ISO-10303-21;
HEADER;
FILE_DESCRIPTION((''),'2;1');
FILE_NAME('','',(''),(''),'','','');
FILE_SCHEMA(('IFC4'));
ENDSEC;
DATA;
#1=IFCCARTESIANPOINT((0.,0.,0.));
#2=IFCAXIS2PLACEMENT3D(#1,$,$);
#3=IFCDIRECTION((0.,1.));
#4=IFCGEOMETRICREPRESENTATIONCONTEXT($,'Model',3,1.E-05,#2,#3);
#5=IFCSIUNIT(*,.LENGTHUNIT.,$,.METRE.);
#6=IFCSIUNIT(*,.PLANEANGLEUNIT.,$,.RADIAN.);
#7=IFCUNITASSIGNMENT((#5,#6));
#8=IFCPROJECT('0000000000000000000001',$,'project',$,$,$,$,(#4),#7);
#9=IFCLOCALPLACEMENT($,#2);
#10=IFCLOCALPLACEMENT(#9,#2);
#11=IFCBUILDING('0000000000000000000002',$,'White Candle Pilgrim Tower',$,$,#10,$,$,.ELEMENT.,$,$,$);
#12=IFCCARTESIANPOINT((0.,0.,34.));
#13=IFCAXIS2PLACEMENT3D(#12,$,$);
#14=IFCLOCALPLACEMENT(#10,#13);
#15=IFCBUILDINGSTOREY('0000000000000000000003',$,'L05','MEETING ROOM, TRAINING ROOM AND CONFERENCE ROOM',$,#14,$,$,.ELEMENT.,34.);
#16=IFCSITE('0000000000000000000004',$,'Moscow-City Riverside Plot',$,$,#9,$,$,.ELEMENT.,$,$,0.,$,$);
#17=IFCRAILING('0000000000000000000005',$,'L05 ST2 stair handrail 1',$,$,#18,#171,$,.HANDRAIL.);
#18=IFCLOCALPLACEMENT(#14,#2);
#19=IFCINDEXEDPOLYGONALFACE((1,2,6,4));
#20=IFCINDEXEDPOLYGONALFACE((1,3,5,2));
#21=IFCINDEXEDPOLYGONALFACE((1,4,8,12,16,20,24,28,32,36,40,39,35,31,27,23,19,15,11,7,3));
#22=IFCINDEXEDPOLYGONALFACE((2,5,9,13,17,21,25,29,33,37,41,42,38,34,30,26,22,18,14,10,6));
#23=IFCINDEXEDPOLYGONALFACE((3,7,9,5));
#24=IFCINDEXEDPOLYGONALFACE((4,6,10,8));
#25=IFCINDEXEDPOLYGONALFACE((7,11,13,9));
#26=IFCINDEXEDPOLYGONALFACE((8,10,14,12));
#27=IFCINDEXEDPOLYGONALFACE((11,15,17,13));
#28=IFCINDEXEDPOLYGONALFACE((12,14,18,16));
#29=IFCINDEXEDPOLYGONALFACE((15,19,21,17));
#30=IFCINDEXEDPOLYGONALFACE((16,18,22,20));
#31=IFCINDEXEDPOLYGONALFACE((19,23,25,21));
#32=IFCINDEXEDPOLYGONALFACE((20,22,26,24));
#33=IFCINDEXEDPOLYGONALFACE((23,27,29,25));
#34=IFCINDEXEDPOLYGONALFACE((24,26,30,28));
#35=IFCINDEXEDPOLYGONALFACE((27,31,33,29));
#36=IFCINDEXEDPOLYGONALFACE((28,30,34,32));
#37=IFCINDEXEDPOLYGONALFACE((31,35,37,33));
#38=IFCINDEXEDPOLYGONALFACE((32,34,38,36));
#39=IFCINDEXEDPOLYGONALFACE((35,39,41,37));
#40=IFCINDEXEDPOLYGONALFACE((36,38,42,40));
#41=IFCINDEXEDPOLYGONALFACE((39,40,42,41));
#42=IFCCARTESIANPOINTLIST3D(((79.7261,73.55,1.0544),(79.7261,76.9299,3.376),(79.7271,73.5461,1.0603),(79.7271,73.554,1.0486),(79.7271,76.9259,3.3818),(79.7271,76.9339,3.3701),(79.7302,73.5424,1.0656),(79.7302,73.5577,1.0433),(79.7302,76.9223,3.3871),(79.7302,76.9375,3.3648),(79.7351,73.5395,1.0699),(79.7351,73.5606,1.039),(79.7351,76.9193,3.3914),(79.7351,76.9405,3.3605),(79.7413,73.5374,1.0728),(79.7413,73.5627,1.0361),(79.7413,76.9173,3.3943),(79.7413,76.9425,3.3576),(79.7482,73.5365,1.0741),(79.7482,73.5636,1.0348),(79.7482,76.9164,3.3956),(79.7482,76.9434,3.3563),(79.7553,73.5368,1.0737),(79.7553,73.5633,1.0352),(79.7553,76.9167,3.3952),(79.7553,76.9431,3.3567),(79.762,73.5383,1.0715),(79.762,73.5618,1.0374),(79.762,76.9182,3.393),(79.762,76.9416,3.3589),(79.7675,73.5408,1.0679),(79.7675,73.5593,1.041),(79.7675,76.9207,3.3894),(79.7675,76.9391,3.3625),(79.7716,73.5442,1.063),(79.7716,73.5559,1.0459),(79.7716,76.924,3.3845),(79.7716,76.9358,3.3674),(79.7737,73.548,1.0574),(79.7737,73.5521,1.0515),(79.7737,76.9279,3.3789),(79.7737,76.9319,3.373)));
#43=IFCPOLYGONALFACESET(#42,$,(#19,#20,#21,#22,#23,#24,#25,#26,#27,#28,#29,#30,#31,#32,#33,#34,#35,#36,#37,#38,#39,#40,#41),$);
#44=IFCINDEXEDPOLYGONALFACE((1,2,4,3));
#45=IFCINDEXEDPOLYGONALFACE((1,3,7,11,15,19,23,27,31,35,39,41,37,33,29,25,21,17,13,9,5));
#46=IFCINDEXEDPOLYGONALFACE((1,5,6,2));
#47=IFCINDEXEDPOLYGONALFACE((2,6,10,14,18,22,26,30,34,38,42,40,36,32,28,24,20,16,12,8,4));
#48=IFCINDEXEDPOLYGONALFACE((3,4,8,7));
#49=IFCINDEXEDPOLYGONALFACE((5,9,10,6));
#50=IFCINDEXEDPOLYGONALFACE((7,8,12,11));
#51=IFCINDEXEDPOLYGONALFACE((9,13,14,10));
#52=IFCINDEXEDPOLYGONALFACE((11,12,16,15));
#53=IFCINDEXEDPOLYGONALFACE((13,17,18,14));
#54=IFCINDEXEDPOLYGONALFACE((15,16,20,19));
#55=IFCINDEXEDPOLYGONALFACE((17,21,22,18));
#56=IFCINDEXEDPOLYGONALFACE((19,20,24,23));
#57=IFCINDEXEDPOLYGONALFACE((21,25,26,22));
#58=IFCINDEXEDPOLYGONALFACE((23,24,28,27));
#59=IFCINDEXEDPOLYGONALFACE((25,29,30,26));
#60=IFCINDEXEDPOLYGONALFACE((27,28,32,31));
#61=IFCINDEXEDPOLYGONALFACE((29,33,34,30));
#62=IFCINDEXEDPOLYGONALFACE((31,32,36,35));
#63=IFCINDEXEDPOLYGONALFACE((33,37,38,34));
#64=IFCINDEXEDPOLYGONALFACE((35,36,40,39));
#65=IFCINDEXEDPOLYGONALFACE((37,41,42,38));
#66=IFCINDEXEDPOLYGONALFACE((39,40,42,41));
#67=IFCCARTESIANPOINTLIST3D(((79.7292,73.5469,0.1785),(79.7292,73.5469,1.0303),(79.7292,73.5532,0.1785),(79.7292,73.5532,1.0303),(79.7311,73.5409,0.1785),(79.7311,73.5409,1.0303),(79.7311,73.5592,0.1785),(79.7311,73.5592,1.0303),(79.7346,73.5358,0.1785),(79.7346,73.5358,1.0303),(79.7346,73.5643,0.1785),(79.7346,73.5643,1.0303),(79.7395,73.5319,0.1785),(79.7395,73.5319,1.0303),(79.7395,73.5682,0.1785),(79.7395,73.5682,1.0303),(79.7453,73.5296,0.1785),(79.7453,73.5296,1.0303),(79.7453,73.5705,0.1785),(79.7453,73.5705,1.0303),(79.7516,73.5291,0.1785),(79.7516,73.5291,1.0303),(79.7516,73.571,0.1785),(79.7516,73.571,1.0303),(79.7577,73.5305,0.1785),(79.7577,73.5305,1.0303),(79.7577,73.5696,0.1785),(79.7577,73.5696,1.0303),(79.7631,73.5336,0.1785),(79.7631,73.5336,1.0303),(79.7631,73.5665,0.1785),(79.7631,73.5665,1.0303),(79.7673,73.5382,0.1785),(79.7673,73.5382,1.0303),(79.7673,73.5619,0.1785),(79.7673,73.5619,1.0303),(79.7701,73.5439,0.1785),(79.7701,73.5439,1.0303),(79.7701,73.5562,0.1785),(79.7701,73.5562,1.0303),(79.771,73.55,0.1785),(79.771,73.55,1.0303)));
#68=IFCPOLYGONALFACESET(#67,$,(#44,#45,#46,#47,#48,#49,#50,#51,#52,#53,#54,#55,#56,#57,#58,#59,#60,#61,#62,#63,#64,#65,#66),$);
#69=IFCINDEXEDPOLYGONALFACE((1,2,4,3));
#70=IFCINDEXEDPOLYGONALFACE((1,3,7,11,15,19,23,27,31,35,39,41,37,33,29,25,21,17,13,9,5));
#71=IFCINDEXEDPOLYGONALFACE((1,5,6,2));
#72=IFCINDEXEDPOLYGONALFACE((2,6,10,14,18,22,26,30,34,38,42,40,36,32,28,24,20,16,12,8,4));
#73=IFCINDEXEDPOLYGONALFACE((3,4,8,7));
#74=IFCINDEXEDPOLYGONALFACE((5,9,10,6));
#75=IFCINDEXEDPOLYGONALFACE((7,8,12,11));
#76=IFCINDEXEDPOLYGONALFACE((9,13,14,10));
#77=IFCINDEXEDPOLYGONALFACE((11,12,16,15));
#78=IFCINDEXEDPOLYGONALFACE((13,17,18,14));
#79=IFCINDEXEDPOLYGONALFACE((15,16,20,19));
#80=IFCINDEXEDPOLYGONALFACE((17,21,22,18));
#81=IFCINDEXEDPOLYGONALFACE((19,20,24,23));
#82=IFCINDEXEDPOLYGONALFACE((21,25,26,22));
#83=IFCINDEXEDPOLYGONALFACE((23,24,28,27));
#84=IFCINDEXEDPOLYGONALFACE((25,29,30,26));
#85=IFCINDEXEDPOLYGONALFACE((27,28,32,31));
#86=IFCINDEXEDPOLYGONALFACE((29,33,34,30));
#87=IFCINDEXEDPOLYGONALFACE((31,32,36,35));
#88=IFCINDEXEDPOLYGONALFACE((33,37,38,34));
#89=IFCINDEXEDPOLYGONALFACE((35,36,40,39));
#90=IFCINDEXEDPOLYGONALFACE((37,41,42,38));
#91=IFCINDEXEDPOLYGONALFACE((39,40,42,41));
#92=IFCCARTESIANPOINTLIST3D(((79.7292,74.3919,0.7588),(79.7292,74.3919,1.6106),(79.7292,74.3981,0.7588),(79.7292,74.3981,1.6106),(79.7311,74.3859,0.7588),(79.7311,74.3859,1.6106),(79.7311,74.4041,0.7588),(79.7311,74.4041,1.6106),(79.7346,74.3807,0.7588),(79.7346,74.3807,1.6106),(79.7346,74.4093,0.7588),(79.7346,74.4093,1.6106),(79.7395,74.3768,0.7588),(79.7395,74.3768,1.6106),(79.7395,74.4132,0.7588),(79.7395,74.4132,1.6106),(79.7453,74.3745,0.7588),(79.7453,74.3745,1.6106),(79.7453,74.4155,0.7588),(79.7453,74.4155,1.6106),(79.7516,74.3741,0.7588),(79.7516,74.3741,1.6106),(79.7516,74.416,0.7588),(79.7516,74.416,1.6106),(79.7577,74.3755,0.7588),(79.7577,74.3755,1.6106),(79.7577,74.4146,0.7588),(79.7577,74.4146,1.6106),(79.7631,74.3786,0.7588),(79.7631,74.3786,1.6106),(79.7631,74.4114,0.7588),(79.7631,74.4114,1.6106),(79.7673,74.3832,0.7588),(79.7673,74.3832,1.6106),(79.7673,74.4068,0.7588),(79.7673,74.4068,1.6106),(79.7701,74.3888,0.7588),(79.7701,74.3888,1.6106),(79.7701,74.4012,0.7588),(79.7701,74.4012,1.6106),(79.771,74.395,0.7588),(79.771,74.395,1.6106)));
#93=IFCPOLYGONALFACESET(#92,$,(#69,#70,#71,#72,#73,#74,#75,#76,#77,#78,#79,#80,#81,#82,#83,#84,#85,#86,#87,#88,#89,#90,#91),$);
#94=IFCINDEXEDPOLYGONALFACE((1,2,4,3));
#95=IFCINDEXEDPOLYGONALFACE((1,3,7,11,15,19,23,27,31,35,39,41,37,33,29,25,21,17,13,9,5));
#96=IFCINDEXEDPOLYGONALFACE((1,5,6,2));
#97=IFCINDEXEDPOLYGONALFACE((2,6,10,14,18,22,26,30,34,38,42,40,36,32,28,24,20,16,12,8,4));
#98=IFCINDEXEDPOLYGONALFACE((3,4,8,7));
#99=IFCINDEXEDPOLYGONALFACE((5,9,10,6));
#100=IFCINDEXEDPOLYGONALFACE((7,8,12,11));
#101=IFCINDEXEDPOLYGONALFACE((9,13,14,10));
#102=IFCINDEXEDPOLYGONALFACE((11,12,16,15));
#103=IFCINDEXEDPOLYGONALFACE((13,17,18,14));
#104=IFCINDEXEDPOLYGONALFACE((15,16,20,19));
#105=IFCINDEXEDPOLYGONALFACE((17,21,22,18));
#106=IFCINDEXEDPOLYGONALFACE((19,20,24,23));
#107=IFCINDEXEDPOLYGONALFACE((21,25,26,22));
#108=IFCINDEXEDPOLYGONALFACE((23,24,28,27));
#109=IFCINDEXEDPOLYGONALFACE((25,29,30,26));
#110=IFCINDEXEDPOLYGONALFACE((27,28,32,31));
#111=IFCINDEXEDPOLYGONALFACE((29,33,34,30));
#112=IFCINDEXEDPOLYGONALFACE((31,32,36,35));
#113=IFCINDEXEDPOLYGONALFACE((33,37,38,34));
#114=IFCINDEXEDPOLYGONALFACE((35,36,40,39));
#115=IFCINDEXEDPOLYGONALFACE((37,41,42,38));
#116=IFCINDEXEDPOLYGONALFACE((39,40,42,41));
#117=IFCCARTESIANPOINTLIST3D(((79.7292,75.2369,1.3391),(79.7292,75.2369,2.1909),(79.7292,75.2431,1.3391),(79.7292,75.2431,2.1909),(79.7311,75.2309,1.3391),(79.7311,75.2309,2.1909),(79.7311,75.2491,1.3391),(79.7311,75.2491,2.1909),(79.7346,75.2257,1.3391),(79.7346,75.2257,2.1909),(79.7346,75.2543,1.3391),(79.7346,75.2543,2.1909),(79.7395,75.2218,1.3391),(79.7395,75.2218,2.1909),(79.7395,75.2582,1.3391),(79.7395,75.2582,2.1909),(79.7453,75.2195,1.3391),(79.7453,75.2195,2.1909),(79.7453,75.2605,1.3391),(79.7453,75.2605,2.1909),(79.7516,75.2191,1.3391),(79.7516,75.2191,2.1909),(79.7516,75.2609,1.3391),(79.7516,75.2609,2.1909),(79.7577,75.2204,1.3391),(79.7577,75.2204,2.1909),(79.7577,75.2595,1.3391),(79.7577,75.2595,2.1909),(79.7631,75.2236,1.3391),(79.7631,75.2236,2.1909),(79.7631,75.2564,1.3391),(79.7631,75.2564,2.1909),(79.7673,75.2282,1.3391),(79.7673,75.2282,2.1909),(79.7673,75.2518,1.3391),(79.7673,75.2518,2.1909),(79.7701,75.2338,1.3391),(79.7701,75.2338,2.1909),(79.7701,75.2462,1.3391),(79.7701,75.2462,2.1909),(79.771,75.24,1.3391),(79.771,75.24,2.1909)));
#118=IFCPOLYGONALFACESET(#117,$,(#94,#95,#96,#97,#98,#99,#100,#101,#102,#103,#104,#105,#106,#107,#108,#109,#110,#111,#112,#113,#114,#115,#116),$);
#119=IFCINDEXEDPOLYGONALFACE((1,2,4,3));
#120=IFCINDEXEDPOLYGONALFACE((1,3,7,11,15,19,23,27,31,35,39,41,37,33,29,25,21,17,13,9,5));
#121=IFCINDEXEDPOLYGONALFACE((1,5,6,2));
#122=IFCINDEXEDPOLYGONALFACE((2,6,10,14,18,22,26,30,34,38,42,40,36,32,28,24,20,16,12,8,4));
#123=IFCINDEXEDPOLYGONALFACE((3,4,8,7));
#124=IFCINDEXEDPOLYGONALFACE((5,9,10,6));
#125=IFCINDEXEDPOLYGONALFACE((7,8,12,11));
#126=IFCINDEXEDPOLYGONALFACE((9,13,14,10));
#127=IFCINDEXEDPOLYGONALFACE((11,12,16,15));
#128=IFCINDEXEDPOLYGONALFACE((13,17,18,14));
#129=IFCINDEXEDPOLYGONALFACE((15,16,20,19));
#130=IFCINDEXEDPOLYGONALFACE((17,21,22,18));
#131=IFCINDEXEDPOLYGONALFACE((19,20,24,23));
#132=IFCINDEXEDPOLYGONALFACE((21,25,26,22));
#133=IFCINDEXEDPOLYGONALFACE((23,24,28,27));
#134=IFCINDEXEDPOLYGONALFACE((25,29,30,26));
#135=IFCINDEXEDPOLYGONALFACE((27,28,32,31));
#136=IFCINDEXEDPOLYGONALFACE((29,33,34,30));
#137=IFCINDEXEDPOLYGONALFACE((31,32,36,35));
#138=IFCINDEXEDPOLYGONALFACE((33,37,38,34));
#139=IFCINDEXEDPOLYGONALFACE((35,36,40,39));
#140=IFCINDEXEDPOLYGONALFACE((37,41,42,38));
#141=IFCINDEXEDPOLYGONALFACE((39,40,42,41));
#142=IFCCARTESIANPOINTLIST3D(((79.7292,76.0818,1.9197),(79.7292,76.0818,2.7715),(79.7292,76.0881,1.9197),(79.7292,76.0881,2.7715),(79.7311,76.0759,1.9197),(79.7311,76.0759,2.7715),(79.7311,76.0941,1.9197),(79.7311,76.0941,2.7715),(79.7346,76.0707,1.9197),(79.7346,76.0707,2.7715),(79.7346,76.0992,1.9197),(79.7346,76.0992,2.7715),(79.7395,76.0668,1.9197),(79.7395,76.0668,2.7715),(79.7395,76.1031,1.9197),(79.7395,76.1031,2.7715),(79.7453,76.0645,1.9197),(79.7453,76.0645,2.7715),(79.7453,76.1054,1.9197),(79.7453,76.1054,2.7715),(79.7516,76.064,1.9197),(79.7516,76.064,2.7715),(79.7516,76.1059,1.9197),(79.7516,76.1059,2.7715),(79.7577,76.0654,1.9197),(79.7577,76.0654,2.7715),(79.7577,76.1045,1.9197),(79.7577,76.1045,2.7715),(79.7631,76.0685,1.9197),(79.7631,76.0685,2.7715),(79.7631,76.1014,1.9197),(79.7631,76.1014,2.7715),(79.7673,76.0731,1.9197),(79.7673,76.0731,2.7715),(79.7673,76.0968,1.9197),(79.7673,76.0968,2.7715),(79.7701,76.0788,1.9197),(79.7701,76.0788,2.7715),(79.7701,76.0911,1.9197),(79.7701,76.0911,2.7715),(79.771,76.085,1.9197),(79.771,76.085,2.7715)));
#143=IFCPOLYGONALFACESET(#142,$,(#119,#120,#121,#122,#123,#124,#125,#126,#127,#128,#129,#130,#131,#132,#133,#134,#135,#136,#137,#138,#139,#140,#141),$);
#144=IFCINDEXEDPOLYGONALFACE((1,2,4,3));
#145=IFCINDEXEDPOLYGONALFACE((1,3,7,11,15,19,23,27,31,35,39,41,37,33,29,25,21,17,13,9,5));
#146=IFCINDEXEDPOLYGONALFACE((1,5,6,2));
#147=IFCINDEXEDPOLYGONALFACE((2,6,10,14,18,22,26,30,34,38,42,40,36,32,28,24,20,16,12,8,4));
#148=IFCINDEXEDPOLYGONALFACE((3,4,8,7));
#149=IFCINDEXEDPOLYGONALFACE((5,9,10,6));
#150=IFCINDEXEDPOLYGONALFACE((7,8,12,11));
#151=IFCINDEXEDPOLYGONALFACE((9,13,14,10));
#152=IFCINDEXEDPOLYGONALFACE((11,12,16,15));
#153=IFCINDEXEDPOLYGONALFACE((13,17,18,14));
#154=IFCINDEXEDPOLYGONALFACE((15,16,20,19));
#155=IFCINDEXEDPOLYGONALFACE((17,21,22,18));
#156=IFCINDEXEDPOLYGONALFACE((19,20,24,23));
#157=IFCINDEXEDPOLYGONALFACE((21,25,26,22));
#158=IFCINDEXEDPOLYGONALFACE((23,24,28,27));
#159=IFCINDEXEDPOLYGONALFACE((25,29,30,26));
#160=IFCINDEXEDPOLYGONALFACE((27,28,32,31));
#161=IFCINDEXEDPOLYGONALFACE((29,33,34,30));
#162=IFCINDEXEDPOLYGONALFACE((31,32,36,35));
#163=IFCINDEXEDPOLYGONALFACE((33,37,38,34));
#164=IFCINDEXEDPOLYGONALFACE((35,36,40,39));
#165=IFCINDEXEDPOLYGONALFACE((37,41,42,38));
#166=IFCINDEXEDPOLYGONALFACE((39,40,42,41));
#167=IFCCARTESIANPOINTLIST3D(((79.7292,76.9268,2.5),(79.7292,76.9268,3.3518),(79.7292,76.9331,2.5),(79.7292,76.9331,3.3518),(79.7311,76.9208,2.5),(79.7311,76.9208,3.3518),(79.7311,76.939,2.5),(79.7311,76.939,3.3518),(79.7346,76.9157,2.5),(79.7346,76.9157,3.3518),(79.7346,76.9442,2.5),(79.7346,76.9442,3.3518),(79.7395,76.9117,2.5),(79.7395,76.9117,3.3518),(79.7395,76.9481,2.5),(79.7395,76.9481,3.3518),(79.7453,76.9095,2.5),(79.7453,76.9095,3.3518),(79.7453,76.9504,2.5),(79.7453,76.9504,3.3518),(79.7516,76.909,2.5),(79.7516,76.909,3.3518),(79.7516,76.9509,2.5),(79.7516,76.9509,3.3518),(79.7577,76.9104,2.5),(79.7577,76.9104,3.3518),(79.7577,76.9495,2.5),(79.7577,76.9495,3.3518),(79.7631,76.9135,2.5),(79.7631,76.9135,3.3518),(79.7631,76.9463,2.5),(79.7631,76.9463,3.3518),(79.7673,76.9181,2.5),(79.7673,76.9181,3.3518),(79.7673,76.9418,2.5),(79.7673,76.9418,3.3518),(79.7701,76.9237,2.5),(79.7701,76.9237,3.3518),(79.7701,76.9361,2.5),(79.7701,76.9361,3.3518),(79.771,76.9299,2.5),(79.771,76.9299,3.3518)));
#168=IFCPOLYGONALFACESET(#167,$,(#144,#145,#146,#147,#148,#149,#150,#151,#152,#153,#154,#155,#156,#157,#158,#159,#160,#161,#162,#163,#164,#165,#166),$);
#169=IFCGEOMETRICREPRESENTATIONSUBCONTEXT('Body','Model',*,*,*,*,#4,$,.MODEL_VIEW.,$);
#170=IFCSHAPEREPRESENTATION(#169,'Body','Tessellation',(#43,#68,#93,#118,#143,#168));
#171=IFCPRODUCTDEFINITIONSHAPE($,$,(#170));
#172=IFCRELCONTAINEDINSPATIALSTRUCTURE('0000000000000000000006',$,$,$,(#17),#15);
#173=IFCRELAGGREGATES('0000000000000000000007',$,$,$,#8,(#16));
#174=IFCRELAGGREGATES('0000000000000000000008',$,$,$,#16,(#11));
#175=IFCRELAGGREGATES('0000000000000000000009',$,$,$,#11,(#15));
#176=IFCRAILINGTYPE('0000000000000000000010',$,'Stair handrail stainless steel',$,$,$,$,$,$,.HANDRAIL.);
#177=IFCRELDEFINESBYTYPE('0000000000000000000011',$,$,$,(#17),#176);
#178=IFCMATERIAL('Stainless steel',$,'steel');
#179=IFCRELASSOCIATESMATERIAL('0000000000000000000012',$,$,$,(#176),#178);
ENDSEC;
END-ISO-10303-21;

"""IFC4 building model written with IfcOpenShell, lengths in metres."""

from ifc_helpers import new_model, si_unit, direction, frame, origin, origin_2d, place, context, subcontext, project, spatial, circle, extrude, material, type_object, element, save


model = new_model("IFC4")

# Units and contexts
model_context = context("Model", 3, precision=1e-05, world=origin(), true_north=direction((0.0, 1.0)))
body_context = subcontext(model_context, "Body", "Model", "MODEL_VIEW")
ifc_project = project(units=[si_unit("LENGTHUNIT", "METRE"), si_unit("PLANEANGLEUNIT", "RADIAN")], contexts=[model_context])

# Site, building, storey
site_placement = place(None, origin())
site = spatial("IfcSite", under=ifc_project, at=site_placement, Name="Moscow-City Riverside Plot", CompositionType="ELEMENT", RefElevation=0.0)
building_placement = place(site_placement, origin())
building = spatial("IfcBuilding", under=site, at=building_placement, Name="White Candle Pilgrim Tower", CompositionType="ELEMENT")
storey_placement = place(building_placement, frame((0.0, 0.0, 34.0)))
storey = spatial("IfcBuildingStorey", under=building, at=storey_placement, Name="L05", Description="MEETING ROOM, TRAINING ROOM AND CONFERENCE ROOM", CompositionType="ELEMENT", Elevation=34.0)

# Railing
ifc_material_1 = material(Name="Stainless steel", Category="steel")
railing_type_1 = type_object("IfcRailingType", Name="Stair handrail stainless steel", PredefinedType="HANDRAIL", material=ifc_material_1)
railing_1_placement = place(storey_placement, frame((79.75, 73.55, 0.1785)))
element("IfcRailing", 1, at=railing_1_placement, inside=storey, type_object=railing_type_1, Name="L05 ST2 stair handrail 1", PredefinedType="HANDRAIL", context=body_context, shape_type="SweptSolid", body=[
    extrude(circle(Radius=0.0239, at=origin_2d()), frame((0.0, 0.0, 0.876), z_axis=(0.0, 0.824285, 0.566175), x_axis=(-1.0, 0.0, 0.0)), (0.0, 0.0, 1.0), 4.1003),
    extrude(circle(Radius=0.021, at=origin_2d()), origin(), (0.0, 0.0, 1.0), 0.8518),
    extrude(circle(Radius=0.021, at=origin_2d()), frame((0.0, 0.845, 0.5803)), (0.0, 0.0, 1.0), 0.8518),
    extrude(circle(Radius=0.021, at=origin_2d()), frame((0.0, 1.6899, 1.1606)), (0.0, 0.0, 1.0), 0.8518),
    extrude(circle(Radius=0.021, at=origin_2d()), frame((0.0, 2.5349, 1.7412)), (0.0, 0.0, 1.0), 0.8518),
    extrude(circle(Radius=0.021, at=origin_2d()), frame((0.0, 3.3799, 2.3215)), (0.0, 0.0, 1.0), 0.8518),
])

save(model, "model.ifc")
